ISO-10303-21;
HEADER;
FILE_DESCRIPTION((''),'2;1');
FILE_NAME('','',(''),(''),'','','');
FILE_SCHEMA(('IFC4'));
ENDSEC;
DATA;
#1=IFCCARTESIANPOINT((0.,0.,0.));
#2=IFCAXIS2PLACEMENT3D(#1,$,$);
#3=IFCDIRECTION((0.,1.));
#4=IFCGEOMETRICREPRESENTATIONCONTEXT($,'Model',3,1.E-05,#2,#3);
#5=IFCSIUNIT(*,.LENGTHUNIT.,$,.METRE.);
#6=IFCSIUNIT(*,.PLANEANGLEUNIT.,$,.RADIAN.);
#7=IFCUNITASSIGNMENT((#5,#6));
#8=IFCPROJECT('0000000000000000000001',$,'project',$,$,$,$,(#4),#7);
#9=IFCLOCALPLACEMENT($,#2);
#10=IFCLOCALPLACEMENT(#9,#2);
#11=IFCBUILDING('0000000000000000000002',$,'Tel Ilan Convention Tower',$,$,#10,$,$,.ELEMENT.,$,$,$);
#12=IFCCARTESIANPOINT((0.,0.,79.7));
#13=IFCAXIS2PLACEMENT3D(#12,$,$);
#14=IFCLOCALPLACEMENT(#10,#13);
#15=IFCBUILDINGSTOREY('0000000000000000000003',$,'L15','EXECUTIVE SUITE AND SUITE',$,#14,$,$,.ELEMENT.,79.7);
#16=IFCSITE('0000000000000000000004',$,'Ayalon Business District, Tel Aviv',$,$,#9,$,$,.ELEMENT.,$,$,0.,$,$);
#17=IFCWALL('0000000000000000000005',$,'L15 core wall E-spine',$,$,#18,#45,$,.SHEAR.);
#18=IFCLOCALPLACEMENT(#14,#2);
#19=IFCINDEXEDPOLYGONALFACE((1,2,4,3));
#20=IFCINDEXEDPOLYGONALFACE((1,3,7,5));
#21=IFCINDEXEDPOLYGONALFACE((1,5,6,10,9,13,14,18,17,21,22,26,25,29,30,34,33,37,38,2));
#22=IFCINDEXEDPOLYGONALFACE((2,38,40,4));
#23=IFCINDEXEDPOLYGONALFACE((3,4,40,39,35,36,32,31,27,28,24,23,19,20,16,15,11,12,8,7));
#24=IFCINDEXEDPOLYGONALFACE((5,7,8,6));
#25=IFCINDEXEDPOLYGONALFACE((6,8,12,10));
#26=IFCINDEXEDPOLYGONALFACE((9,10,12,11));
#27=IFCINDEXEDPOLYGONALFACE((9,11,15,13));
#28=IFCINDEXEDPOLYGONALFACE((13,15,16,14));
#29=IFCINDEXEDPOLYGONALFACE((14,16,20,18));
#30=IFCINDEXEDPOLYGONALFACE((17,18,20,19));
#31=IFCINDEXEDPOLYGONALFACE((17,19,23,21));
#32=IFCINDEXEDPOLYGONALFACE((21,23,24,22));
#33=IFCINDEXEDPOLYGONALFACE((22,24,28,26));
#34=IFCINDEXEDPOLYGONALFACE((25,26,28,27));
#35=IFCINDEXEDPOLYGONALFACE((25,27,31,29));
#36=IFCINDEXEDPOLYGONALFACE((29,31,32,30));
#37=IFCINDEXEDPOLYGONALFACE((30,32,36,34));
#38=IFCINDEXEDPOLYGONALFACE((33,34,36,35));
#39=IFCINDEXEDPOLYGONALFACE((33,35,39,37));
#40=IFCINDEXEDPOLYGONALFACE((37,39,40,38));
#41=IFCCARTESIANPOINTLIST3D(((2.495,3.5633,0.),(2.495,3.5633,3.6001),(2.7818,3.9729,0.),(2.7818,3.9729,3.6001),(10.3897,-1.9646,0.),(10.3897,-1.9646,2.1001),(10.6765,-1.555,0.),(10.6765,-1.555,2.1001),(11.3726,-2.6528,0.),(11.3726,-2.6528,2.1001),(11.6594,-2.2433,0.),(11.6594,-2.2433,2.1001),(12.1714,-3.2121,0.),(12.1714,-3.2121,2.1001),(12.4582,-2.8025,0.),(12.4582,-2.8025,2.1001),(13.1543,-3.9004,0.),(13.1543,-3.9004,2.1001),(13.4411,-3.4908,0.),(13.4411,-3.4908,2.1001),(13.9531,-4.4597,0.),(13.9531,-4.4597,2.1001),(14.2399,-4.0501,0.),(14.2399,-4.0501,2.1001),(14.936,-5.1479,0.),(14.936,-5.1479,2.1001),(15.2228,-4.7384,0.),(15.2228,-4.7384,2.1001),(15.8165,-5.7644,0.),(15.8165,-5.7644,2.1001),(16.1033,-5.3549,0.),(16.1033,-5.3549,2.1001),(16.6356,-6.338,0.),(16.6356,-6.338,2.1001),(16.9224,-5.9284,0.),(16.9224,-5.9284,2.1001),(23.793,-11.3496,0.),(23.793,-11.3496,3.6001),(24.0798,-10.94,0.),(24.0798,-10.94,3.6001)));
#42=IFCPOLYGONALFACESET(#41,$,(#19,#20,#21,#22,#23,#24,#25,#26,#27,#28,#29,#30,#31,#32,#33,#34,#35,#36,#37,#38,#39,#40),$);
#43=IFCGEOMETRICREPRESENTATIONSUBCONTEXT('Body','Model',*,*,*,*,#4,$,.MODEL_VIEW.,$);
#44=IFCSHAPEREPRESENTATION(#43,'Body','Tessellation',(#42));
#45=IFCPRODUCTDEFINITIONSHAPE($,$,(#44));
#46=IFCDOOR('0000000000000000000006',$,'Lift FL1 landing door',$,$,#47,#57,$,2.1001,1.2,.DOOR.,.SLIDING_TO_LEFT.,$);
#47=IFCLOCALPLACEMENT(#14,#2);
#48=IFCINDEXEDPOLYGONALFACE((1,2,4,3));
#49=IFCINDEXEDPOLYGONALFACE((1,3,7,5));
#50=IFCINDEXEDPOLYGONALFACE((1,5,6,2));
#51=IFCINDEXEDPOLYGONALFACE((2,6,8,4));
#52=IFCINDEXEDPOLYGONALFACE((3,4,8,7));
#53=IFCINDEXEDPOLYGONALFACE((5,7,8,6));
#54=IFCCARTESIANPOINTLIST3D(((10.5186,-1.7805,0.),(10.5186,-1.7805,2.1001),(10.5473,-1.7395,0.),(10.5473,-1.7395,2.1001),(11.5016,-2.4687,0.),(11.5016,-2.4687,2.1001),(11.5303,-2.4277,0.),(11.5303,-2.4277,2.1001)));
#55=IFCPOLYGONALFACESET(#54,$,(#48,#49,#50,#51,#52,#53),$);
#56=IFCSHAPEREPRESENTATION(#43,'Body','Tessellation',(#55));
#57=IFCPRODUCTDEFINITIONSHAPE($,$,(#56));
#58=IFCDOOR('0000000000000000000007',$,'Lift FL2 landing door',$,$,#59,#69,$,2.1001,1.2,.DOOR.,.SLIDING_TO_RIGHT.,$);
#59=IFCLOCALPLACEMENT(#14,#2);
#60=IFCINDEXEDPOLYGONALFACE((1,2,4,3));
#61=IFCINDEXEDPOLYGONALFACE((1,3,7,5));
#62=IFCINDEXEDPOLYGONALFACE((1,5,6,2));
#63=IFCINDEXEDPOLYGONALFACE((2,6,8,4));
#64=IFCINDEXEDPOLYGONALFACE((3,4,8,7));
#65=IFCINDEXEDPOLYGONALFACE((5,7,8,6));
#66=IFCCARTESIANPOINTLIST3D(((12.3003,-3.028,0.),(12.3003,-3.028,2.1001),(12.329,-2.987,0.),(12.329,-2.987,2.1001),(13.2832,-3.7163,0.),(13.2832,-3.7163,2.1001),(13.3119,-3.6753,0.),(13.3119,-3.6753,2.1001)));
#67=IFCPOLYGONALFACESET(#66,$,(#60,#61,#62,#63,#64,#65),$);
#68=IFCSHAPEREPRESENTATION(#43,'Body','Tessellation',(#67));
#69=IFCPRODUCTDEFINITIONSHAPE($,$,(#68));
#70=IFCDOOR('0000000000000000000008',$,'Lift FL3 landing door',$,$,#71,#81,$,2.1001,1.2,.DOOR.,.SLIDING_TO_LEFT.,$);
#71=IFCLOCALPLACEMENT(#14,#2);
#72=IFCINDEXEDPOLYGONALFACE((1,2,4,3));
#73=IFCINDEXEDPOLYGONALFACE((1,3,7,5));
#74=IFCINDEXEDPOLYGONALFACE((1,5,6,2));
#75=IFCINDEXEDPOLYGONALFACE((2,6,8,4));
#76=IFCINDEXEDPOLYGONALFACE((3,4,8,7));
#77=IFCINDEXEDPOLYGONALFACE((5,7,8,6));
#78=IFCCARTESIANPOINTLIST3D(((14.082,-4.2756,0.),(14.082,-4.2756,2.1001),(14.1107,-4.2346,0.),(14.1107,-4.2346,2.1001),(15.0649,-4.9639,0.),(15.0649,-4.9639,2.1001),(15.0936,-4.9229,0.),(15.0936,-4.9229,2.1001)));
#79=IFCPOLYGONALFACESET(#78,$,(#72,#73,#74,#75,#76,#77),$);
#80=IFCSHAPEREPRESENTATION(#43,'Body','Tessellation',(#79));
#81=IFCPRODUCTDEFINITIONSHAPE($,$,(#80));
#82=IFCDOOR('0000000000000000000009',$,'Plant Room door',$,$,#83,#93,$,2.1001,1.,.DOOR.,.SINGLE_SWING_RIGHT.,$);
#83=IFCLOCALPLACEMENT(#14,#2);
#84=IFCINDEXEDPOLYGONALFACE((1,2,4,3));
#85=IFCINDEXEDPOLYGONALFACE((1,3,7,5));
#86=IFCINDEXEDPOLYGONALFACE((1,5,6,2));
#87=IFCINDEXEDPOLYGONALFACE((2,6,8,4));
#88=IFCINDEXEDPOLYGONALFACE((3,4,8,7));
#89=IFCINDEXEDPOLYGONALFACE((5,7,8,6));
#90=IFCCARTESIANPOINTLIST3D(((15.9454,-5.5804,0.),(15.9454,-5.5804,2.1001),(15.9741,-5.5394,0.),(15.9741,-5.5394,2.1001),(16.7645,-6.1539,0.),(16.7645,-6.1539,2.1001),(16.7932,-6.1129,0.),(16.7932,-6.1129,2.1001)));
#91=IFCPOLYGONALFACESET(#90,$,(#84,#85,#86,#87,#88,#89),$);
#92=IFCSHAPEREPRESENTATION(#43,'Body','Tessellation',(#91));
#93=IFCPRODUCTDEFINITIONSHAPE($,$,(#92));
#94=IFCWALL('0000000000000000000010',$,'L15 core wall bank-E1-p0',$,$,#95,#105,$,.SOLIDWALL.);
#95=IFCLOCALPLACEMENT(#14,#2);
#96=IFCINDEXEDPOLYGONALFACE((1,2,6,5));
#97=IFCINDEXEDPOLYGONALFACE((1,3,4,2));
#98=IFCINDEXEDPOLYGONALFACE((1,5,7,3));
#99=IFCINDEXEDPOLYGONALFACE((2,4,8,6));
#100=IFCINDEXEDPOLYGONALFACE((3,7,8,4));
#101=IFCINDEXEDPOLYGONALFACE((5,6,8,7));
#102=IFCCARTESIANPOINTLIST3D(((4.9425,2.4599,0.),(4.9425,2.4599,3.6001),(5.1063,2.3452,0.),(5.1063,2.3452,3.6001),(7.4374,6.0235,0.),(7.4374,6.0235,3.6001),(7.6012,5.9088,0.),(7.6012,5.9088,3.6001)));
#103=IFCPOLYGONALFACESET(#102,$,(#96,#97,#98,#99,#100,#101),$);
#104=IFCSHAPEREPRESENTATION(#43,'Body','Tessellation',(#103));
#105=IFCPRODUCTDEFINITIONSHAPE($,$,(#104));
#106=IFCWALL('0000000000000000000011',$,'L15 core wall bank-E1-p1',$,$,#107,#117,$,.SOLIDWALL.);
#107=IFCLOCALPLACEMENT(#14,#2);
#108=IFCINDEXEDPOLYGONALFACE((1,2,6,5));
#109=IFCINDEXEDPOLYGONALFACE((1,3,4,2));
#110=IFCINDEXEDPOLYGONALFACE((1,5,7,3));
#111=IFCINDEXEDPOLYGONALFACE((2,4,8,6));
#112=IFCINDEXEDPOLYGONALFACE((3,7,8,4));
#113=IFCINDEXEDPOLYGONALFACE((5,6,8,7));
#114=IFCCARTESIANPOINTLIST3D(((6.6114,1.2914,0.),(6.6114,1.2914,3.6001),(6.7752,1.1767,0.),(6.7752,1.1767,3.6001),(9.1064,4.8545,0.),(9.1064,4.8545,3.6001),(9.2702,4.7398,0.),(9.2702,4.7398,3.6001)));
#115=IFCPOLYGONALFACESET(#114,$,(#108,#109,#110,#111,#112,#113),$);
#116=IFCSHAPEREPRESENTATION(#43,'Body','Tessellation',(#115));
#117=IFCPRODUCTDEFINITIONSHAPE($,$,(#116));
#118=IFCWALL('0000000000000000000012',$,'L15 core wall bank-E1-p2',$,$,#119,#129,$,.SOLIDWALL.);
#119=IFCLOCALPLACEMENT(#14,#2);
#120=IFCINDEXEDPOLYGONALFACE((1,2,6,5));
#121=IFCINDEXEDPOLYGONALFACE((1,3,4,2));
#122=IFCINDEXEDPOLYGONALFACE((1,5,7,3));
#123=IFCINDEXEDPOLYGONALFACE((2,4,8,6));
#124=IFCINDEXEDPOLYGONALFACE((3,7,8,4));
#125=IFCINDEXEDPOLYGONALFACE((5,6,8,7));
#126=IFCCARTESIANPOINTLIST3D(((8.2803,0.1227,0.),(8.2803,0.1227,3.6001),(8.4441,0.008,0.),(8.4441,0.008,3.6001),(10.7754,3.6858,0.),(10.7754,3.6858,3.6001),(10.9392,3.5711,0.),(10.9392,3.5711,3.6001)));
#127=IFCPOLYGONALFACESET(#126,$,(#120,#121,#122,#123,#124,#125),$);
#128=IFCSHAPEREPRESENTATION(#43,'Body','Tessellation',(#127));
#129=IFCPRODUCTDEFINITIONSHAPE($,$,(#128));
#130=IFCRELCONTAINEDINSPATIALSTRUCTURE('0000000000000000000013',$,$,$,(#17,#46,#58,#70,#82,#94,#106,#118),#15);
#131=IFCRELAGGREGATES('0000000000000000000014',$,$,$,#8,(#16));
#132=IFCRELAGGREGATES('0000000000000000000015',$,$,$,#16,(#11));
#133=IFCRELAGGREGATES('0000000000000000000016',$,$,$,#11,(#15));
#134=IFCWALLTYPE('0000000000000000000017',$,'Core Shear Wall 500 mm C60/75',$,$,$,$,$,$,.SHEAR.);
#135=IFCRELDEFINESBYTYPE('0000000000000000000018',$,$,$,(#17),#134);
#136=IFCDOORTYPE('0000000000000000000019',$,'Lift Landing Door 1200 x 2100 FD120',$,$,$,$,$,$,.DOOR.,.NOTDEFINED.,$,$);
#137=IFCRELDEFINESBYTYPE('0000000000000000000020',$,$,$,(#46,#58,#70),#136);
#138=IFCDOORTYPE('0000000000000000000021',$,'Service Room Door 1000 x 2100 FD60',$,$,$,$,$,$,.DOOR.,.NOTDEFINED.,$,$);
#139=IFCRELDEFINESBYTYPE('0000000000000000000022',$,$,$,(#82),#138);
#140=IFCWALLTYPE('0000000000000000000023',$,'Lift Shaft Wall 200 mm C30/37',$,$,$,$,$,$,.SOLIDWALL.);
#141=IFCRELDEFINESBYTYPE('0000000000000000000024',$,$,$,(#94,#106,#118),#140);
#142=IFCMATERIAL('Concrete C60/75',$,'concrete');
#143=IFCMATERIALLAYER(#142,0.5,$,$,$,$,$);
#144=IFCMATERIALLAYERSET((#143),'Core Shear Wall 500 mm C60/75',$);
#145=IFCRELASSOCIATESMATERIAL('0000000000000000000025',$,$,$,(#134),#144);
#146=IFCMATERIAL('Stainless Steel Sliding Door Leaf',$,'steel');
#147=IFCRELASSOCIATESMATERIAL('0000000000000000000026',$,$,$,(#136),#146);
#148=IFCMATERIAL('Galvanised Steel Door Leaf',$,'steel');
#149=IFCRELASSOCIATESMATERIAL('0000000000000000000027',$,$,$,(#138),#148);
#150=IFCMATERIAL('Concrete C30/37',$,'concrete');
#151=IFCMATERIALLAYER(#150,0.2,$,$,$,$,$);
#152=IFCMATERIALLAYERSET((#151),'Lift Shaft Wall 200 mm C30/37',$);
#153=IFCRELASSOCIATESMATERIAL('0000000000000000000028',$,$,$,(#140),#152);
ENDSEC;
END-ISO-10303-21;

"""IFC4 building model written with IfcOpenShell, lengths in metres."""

from ifc_helpers import new_model, si_unit, direction, frame, frame_2d, origin, place, context, subcontext, project, spatial, polyline, rectangle, outline, extrude, material, layer, layer_set, type_object, element, fill, save


model = new_model("IFC4")

# Units and contexts
model_context = context("Model", 3, precision=1e-05, world=origin(), true_north=direction((0.0, 1.0)))
body_context = subcontext(model_context, "Body", "Model", "MODEL_VIEW")
ifc_project = project(units=[si_unit("LENGTHUNIT", "METRE"), si_unit("PLANEANGLEUNIT", "RADIAN")], contexts=[model_context])

# Site, building, storey
site_placement = place(None, origin())
site = spatial("IfcSite", under=ifc_project, at=site_placement, Name="Ayalon Business District, Tel Aviv", CompositionType="ELEMENT", RefElevation=0.0)
building_placement = place(site_placement, origin())
building = spatial("IfcBuilding", under=site, at=building_placement, Name="Tel Ilan Convention Tower", CompositionType="ELEMENT")
storey_placement = place(building_placement, frame((0.0, 0.0, 79.7)))
storey = spatial("IfcBuildingStorey", under=building, at=storey_placement, Name="L15", Description="EXECUTIVE SUITE AND SUITE", CompositionType="ELEMENT", Elevation=79.7)

# Wall, openings, doors
ifc_material_1 = material(Name="Concrete C60/75", Category="concrete")
ifc_layer_1 = layer(ifc_material_1, 0.5)
ifc_layer_set_1 = layer_set([ifc_layer_1], Name="Core Shear Wall 500 mm C60/75")
wall_type_1 = type_object("IfcWallType", Name="Core Shear Wall 500 mm C60/75", PredefinedType="SHEAR", material=ifc_layer_set_1)
wall_1_placement = place(storey_placement, frame((2.6384, 3.7681, 0.0), z_axis=(0.0, 0.0, 1.0), x_axis=(0.819149, -0.573581, 0.0)))
wall_1 = element("IfcWall", 1, at=wall_1_placement, inside=storey, type_object=wall_type_1, Name="L15 core wall E-spine", PredefinedType="SHEAR", context=body_context, shape_type="SweptSolid", body=[
    extrude(outline(polyline([(0.0, 0.25), (0.0, -0.25), (26.0, -0.2498), (26.0, 0.2502), (0.0, 0.25)])), origin(), (0.0, 0.0, 1.0), 3.6001),
])
opening_1_placement = place(wall_1_placement, frame((9.6375, 0.0, 0.0)))
opening_1 = element("IfcOpeningElement", 2, at=opening_1_placement, cuts=wall_1, PredefinedType="OPENING", context=body_context, shape_type="SweptSolid", body=[
    extrude(rectangle(XDim=1.2, YDim=2.1001, at=frame_2d((0.6001, 1.05))), frame((0.0, 0.26, 0.0), z_axis=(0.0, -1.0, 0.0), x_axis=(1.0, 0.0, 0.0)), (0.0, 0.0, 1.0), 0.52),
])
opening_2_placement = place(wall_1_placement, frame((11.8125, 0.0, 0.0)))
opening_2 = element("IfcOpeningElement", 3, at=opening_2_placement, cuts=wall_1, PredefinedType="OPENING", context=body_context, shape_type="SweptSolid", body=[
    extrude(rectangle(XDim=1.2, YDim=2.1001, at=frame_2d((0.6001, 1.05))), frame((0.0, 0.26, 0.0), z_axis=(0.0, -1.0, 0.0), x_axis=(1.0, 0.0, 0.0)), (0.0, 0.0, 1.0), 0.52),
])
opening_3_placement = place(wall_1_placement, frame((13.9875, 0.0, 0.0)))
opening_3 = element("IfcOpeningElement", 4, at=opening_3_placement, cuts=wall_1, PredefinedType="OPENING", context=body_context, shape_type="SweptSolid", body=[
    extrude(rectangle(XDim=1.2, YDim=2.1001, at=frame_2d((0.6001, 1.05))), frame((0.0, 0.26, 0.0), z_axis=(0.0, -1.0, 0.0), x_axis=(1.0, 0.0, 0.0)), (0.0, 0.0, 1.0), 0.52),
])
opening_4_placement = place(wall_1_placement, frame((16.2625, 0.0, 0.0)))
opening_4 = element("IfcOpeningElement", 5, at=opening_4_placement, cuts=wall_1, PredefinedType="OPENING", context=body_context, shape_type="SweptSolid", body=[
    extrude(rectangle(XDim=1.0, YDim=2.1001, at=frame_2d((0.5, 1.05))), frame((0.0, 0.26, 0.0), z_axis=(0.0, -1.0, 0.0), x_axis=(1.0, 0.0, 0.0)), (0.0, 0.0, 1.0), 0.52),
])
ifc_material_2 = material(Name="Stainless Steel Sliding Door Leaf", Category="steel")
door_type_1 = type_object("IfcDoorType", Name="Lift Landing Door 1200 x 2100 FD120", OperationType="NOTDEFINED", PredefinedType="DOOR", material=ifc_material_2)
door_1_placement = place(opening_1_placement, origin())
door_1 = element("IfcDoor", 6, at=door_1_placement, inside=storey, type_object=door_type_1, Name="Lift FL1 landing door", OperationType="SLIDING_TO_LEFT", OverallHeight=2.1001, OverallWidth=1.2, PredefinedType="DOOR", context=body_context, shape_type="SweptSolid", body=[
    extrude(rectangle(XDim=1.2, YDim=2.1001, at=frame_2d((0.6001, 1.05))), frame((0.0, 0.0249, 0.0), z_axis=(0.0, -1.0, 0.0), x_axis=(1.0, 0.0, 0.0)), (0.0, 0.0, 1.0), 0.05),
])
fill(opening_1, door_1)
door_2_placement = place(opening_2_placement, origin())
door_2 = element("IfcDoor", 7, at=door_2_placement, inside=storey, type_object=door_type_1, Name="Lift FL2 landing door", OperationType="SLIDING_TO_RIGHT", OverallHeight=2.1001, OverallWidth=1.2, PredefinedType="DOOR", context=body_context, shape_type="SweptSolid", body=[
    extrude(rectangle(XDim=1.2, YDim=2.1001, at=frame_2d((0.6001, 1.05))), frame((0.0, 0.0249, 0.0), z_axis=(0.0, -1.0, 0.0), x_axis=(1.0, 0.0, 0.0)), (0.0, 0.0, 1.0), 0.05),
])
fill(opening_2, door_2)
door_3_placement = place(opening_3_placement, origin())
door_3 = element("IfcDoor", 8, at=door_3_placement, inside=storey, type_object=door_type_1, Name="Lift FL3 landing door", OperationType="SLIDING_TO_LEFT", OverallHeight=2.1001, OverallWidth=1.2, PredefinedType="DOOR", context=body_context, shape_type="SweptSolid", body=[
    extrude(rectangle(XDim=1.2, YDim=2.1001, at=frame_2d((0.6001, 1.05))), frame((0.0, 0.0249, 0.0), z_axis=(0.0, -1.0, 0.0), x_axis=(1.0, 0.0, 0.0)), (0.0, 0.0, 1.0), 0.05),
])
fill(opening_3, door_3)
ifc_material_3 = material(Name="Galvanised Steel Door Leaf", Category="steel")
door_type_2 = type_object("IfcDoorType", Name="Service Room Door 1000 x 2100 FD60", OperationType="NOTDEFINED", PredefinedType="DOOR", material=ifc_material_3)
door_4_placement = place(opening_4_placement, origin())
door_4 = element("IfcDoor", 9, at=door_4_placement, inside=storey, type_object=door_type_2, Name="Plant Room door", OperationType="SINGLE_SWING_RIGHT", OverallHeight=2.1001, OverallWidth=1.0, PredefinedType="DOOR", context=body_context, shape_type="SweptSolid", body=[
    extrude(rectangle(XDim=1.0, YDim=2.1001, at=frame_2d((0.5, 1.05))), frame((0.0, 0.0249, 0.0), z_axis=(0.0, -1.0, 0.0), x_axis=(1.0, 0.0, 0.0)), (0.0, 0.0, 1.0), 0.05),
])
fill(opening_4, door_4)

# Walls
ifc_material_4 = material(Name="Concrete C30/37", Category="concrete")
ifc_layer_2 = layer(ifc_material_4, 0.2)
ifc_layer_set_2 = layer_set([ifc_layer_2], Name="Lift Shaft Wall 200 mm C30/37")
wall_type_2 = type_object("IfcWallType", Name="Lift Shaft Wall 200 mm C30/37", PredefinedType="SOLIDWALL", material=ifc_layer_set_2)
wall_2_placement = place(storey_placement, frame((5.0244, 2.4026, 0.0), z_axis=(0.0, 0.0, 1.0), x_axis=(0.57353, 0.819184, 0.0)))
element("IfcWall", 10, at=wall_2_placement, inside=storey, type_object=wall_type_2, Name="L15 core wall bank-E1-p0", PredefinedType="SOLIDWALL", context=body_context, shape_type="SweptSolid", body=[
    extrude(rectangle(XDim=4.3501, YDim=0.2, at=frame_2d((2.175, 0.0))), origin(), (0.0, 0.0, 1.0), 3.6001),
])
for number, where, z_axis, x_axis, name in (
    (11, (6.6934, 1.2341, 0.0), (0.0, 0.0, 1.0), (0.573594, 0.81914, 0.0), "L15 core wall bank-E1-p1"),
    (12, (8.3623, 0.0654, 0.0), (0.0, 0.0, 1.0), (0.573594, 0.81914, 0.0), "L15 core wall bank-E1-p2"),
):
    element("IfcWall", number, at=place(storey_placement, frame(where, z_axis=z_axis, x_axis=x_axis)), inside=storey, type_object=wall_type_2, Name=name, PredefinedType="SOLIDWALL", context=body_context, shape_type="SweptSolid", body=[
        extrude(rectangle(XDim=4.3499, YDim=0.2, at=frame_2d((2.1748, 0.0))), origin(), (0.0, 0.0, 1.0), 3.6001),
    ])

save(model, "model.ifc")
